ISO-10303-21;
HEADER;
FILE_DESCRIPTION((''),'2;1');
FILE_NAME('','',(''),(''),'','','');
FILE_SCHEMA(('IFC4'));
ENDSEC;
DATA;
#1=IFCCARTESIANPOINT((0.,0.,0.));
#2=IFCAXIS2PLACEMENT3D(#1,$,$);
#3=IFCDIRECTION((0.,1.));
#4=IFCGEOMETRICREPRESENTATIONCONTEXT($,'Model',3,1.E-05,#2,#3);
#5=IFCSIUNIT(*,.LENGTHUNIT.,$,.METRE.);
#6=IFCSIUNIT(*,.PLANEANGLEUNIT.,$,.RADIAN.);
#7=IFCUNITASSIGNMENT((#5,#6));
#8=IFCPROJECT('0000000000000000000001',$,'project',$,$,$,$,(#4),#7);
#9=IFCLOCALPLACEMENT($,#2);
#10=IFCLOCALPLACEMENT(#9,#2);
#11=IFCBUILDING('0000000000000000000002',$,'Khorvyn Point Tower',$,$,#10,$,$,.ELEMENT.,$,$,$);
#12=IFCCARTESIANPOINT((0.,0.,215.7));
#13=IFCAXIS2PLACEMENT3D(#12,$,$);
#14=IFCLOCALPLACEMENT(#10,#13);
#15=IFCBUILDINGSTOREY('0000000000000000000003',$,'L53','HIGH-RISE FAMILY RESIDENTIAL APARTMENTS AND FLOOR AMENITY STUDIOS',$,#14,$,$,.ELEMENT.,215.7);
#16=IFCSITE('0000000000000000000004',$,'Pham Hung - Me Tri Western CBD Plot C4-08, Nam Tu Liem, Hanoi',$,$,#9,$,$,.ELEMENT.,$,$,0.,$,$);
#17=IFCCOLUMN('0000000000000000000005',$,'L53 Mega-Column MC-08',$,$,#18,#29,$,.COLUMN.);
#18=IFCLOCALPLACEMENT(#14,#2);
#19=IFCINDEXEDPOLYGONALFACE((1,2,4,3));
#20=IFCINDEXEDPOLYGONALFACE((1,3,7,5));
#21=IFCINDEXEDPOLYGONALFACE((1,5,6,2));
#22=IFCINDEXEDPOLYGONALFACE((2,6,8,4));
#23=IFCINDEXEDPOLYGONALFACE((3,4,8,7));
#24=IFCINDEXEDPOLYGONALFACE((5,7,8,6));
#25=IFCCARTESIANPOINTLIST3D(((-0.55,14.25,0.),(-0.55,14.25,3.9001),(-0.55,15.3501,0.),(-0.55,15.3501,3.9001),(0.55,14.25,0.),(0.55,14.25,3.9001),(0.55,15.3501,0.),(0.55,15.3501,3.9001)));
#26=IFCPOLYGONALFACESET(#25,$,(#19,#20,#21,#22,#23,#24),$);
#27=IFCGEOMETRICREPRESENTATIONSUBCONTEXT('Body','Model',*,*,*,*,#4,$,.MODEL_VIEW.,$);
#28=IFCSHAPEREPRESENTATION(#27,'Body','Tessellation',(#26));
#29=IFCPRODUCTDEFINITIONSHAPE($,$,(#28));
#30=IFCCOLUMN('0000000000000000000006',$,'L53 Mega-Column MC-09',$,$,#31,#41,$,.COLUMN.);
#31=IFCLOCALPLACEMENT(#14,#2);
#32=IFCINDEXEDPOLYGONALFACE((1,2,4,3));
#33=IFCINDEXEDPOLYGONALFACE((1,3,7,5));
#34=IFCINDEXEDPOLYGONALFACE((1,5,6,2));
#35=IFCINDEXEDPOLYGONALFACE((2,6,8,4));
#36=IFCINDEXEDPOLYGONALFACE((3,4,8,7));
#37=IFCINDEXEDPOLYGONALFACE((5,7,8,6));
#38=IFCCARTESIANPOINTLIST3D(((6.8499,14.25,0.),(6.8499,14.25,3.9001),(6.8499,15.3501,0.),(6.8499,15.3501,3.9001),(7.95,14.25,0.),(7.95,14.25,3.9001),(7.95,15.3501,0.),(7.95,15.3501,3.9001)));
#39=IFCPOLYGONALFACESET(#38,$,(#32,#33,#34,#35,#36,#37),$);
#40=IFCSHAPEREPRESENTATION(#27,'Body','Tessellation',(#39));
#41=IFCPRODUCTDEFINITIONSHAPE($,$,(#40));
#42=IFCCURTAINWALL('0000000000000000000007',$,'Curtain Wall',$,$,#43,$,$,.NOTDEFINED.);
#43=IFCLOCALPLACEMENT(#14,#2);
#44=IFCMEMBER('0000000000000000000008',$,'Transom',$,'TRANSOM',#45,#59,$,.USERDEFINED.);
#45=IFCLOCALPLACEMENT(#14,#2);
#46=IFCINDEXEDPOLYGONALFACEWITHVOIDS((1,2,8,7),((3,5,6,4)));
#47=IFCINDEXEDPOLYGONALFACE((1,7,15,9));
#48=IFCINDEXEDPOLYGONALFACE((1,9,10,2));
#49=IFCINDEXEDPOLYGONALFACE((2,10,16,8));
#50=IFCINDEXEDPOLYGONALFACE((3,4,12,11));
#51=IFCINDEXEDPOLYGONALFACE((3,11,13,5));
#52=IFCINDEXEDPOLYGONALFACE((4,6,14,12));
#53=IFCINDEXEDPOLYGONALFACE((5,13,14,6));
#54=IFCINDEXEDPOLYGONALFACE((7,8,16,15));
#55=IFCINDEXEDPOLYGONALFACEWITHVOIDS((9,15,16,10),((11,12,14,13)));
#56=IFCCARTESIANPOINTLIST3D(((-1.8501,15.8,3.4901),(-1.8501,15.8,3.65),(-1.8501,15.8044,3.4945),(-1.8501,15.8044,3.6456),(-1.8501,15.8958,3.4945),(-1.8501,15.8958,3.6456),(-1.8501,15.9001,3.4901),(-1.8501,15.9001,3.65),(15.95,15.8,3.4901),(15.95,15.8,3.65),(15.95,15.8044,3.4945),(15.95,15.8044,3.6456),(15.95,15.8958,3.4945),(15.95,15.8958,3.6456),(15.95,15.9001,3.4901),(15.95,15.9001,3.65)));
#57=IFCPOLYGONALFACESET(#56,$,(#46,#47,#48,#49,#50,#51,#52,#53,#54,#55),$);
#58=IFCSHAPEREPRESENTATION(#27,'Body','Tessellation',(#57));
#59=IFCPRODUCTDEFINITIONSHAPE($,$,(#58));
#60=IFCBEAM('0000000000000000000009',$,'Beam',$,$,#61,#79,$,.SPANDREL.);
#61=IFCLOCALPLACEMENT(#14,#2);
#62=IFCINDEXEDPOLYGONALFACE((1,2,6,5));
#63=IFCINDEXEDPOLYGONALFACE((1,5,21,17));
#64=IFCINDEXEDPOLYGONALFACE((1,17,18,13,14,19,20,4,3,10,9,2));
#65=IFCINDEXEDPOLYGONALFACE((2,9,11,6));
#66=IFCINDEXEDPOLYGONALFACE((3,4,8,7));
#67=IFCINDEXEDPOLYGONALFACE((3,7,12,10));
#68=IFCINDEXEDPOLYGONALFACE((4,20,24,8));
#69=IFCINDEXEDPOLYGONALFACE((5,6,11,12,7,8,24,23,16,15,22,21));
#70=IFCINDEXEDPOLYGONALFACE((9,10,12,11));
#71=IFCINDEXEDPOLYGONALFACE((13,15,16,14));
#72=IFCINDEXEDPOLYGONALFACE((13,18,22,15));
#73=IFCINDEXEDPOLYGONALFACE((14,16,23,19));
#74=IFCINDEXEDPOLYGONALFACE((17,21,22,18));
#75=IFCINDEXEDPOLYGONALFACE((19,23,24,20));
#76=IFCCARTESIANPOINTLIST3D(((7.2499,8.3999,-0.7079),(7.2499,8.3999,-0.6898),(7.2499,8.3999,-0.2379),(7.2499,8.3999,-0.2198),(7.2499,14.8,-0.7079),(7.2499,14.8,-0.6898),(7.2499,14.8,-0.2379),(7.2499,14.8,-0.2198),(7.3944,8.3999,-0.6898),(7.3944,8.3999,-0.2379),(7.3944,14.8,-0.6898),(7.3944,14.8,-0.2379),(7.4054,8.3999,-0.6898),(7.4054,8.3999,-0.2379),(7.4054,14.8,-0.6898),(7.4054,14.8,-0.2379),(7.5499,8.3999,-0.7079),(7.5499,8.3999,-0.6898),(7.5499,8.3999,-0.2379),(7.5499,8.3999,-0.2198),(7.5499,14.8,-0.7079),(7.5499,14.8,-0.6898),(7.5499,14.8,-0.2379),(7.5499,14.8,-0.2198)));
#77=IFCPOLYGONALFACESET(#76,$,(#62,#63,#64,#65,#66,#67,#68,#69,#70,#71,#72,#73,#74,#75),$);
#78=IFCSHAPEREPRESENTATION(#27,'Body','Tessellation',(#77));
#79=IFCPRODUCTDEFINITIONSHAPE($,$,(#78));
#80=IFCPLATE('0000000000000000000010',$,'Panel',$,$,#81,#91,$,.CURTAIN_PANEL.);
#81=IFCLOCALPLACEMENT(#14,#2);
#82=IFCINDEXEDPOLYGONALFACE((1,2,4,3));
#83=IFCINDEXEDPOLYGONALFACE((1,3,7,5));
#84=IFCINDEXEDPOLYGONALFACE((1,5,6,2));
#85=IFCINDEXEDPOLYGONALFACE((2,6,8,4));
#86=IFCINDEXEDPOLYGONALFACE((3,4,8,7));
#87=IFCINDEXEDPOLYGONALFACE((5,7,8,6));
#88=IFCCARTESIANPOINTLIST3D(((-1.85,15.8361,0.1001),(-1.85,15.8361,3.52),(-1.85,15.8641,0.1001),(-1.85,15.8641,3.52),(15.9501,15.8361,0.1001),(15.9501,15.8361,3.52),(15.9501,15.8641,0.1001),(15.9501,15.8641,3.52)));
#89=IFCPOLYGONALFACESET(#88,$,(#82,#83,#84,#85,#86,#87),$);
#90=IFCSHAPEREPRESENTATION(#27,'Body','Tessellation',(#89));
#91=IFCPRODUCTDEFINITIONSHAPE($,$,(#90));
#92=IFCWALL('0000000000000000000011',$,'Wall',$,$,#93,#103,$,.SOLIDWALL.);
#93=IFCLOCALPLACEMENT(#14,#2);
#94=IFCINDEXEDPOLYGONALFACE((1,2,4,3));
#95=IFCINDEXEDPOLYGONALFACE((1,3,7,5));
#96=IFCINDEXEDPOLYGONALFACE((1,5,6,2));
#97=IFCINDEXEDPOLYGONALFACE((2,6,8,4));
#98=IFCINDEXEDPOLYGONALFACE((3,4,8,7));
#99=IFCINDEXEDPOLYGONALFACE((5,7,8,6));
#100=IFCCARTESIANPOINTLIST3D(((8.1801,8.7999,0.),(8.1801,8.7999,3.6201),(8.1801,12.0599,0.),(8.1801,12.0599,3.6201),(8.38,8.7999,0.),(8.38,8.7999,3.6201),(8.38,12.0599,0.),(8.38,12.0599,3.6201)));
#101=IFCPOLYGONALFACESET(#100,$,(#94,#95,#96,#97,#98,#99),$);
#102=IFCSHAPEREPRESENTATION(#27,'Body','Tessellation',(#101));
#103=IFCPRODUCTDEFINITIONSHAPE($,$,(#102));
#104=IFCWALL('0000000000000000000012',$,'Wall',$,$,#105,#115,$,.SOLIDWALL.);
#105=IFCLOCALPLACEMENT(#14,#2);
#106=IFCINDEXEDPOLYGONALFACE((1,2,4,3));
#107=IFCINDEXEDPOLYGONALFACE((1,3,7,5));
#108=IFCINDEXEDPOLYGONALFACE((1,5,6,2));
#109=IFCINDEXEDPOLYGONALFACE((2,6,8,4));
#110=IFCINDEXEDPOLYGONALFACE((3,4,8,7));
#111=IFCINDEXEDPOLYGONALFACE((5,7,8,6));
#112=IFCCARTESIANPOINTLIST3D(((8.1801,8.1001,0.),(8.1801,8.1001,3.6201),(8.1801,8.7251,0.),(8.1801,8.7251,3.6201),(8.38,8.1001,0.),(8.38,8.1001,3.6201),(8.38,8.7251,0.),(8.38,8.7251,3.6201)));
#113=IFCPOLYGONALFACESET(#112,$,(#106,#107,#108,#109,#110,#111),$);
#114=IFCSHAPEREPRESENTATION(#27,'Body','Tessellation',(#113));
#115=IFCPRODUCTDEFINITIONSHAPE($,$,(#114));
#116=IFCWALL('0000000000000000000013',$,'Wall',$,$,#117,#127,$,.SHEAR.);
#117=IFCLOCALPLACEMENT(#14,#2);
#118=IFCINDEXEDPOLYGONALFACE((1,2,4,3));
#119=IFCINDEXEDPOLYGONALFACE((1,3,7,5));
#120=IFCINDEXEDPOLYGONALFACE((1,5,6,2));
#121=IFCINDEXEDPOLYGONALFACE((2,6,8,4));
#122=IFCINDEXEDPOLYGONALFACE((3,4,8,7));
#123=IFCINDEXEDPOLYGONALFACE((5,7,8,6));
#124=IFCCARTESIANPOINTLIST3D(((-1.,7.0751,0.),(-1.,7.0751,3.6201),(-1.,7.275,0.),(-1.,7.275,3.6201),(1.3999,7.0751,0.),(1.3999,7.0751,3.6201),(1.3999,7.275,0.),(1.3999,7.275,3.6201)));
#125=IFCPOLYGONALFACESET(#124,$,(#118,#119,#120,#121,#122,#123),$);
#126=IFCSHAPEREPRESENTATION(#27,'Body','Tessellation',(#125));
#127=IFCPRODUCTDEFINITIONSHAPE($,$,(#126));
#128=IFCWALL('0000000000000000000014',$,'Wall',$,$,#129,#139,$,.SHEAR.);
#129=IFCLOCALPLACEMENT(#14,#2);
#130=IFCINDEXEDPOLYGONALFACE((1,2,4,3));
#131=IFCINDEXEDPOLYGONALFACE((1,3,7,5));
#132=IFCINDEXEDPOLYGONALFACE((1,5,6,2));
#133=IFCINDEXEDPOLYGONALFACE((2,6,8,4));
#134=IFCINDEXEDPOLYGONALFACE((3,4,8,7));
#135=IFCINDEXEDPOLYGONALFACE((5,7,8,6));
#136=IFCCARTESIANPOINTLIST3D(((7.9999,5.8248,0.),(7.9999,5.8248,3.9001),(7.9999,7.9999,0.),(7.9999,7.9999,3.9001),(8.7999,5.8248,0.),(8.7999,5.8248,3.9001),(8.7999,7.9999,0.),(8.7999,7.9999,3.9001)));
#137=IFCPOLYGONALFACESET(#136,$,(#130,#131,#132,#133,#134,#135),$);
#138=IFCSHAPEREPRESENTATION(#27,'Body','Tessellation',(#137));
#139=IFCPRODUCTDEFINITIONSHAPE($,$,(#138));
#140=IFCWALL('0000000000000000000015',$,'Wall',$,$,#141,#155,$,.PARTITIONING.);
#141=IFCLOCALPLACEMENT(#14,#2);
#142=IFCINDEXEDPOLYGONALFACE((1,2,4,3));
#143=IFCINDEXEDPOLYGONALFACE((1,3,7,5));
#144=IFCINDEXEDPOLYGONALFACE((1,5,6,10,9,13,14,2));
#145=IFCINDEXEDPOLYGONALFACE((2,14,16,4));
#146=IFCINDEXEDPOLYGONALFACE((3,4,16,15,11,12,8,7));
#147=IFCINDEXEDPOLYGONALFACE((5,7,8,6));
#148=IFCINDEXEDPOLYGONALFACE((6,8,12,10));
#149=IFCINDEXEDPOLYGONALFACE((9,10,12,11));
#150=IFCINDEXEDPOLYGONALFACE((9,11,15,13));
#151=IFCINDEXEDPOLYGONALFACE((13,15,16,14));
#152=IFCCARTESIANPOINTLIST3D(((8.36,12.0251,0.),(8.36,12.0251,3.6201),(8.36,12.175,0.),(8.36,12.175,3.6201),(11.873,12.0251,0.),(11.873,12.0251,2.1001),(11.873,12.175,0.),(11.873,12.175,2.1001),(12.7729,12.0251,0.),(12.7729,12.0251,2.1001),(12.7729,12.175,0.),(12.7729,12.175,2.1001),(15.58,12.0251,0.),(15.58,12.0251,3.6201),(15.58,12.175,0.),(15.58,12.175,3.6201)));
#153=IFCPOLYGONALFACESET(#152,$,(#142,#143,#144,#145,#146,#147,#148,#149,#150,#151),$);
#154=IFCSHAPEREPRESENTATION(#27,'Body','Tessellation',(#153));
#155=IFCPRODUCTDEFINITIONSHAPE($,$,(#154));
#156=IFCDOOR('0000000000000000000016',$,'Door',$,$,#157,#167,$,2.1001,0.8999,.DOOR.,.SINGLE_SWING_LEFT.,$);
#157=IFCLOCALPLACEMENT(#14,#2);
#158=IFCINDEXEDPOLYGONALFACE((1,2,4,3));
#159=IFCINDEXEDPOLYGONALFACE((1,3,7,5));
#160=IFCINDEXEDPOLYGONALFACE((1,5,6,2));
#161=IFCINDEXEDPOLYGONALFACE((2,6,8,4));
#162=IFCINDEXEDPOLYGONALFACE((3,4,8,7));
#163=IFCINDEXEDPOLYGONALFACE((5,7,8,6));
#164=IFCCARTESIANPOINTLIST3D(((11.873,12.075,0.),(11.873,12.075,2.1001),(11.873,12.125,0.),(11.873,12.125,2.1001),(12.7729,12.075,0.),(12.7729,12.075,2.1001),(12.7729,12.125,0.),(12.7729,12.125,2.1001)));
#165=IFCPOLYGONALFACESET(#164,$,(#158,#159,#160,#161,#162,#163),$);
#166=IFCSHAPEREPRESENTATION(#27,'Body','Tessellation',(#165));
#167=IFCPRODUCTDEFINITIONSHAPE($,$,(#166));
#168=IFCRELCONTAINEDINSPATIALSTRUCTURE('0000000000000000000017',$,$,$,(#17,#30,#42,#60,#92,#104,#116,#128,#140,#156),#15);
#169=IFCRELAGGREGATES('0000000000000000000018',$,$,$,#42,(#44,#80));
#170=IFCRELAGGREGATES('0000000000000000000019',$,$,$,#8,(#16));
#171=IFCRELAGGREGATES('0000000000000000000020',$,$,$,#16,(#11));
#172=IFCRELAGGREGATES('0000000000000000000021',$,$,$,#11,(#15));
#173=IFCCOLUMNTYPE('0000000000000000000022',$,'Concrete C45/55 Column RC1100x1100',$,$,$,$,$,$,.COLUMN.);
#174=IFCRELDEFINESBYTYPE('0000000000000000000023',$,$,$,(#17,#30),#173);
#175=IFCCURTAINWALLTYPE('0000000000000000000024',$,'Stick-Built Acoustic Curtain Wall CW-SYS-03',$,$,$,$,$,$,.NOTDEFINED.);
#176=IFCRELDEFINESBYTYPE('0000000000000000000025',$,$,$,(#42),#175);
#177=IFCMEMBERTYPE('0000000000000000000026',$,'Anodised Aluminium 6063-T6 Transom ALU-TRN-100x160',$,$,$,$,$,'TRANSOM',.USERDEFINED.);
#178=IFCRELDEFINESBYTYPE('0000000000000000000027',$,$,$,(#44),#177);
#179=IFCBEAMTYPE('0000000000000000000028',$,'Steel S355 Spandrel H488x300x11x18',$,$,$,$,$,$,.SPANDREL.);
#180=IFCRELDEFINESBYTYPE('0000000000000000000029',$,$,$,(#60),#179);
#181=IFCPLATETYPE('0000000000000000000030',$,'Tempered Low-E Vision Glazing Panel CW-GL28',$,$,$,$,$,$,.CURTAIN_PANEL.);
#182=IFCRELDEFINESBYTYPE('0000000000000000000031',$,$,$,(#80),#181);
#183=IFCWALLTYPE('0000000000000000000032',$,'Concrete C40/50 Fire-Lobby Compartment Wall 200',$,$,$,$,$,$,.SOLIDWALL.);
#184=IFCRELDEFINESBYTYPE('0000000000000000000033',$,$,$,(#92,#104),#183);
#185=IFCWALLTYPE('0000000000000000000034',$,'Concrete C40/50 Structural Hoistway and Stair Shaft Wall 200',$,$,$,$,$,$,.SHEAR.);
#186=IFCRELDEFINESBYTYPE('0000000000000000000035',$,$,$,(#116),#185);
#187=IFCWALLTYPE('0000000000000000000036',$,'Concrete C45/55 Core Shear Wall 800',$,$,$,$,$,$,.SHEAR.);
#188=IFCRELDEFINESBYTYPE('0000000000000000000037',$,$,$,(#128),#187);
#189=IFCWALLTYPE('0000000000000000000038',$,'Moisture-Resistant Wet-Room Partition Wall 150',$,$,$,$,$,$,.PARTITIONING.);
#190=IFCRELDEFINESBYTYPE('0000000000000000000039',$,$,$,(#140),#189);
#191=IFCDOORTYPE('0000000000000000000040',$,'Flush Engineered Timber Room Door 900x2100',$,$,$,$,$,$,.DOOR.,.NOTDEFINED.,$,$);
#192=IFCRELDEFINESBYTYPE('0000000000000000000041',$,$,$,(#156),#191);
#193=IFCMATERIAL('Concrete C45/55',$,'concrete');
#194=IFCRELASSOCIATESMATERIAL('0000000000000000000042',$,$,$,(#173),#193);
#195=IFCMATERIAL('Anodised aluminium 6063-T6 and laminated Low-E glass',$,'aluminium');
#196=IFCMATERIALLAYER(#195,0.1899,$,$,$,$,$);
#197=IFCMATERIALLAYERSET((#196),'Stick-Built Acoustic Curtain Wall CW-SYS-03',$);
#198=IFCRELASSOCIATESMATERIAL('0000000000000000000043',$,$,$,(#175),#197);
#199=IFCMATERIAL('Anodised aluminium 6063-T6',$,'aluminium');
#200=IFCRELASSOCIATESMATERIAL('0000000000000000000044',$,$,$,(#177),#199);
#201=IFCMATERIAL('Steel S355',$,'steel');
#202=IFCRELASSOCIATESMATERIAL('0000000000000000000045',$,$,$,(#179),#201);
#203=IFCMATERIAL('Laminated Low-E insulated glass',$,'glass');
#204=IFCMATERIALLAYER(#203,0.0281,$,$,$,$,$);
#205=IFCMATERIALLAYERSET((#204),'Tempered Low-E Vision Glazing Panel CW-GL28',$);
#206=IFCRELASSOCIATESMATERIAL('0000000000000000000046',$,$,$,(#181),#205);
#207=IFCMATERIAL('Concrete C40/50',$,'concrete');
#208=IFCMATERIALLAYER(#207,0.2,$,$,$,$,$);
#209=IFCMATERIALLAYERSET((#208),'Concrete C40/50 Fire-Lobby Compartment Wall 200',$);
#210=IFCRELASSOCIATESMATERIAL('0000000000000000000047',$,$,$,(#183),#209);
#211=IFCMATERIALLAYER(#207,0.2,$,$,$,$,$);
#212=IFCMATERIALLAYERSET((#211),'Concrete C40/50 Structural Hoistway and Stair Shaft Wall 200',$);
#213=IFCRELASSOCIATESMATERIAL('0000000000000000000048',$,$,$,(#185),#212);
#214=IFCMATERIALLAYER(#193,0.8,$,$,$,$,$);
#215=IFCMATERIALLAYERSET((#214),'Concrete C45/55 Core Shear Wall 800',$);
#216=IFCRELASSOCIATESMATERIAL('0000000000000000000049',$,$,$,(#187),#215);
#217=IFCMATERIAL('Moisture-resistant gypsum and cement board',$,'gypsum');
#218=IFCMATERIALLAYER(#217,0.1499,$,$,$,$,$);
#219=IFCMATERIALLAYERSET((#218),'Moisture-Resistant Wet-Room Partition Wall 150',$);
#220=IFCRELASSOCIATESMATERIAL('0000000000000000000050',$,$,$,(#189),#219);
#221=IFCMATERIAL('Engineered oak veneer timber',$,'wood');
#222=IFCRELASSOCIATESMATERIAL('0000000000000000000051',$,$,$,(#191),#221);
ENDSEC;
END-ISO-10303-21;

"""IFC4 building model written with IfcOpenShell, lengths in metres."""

from ifc_helpers import new_model, si_unit, direction, frame, frame_2d, origin, origin_2d, place, context, subcontext, project, spatial, rectangle, hollow_rectangle, i_section, extrude, material, layer, layer_set, material_profile, profile_set, type_object, element, fill, aggregate, save


model = new_model("IFC4")

# Units and contexts
model_context = context("Model", 3, precision=1e-05, world=origin(), true_north=direction((0.0, 1.0)))
body_context = subcontext(model_context, "Body", "Model", "MODEL_VIEW")
ifc_project = project(units=[si_unit("LENGTHUNIT", "METRE"), si_unit("PLANEANGLEUNIT", "RADIAN")], contexts=[model_context])

# Site, building, storey
site_placement = place(None, origin())
site = spatial("IfcSite", under=ifc_project, at=site_placement, Name="Pham Hung - Me Tri Western CBD Plot C4-08, Nam Tu Liem, Hanoi", CompositionType="ELEMENT", RefElevation=0.0)
building_placement = place(site_placement, origin())
building = spatial("IfcBuilding", under=site, at=building_placement, Name="Khorvyn Point Tower", CompositionType="ELEMENT")
storey_placement = place(building_placement, frame((0.0, 0.0, 215.7)))
storey = spatial("IfcBuildingStorey", under=building, at=storey_placement, Name="L53", Description="HIGH-RISE FAMILY RESIDENTIAL APARTMENTS AND FLOOR AMENITY STUDIOS", CompositionType="ELEMENT", Elevation=215.7)

# Columns
ifc_material_1 = material(Name="Concrete C45/55", Category="concrete")
ifc_material_profile_1 = material_profile(ifc_material_1, rectangle(XDim=1.1001, YDim=1.1001, at=origin_2d()))
ifc_profile_set_1 = profile_set([ifc_material_profile_1], Name="Concrete C45/55 RC1100x1100")
column_type = type_object("IfcColumnType", Name="Concrete C45/55 Column RC1100x1100", PredefinedType="COLUMN", material=ifc_profile_set_1)
for number, where, z_axis, x_axis, name in (
    (1, (0.0, 14.8, 0.0), (0.0, 0.0, 1.0), (1.0, 0.0, 0.0), "L53 Mega-Column MC-08"),
    (2, (7.3999, 14.8, 0.0), (0.0, 0.0, 1.0), (1.0, 0.0, 0.0), "L53 Mega-Column MC-09"),
):
    element("IfcColumn", number, at=place(storey_placement, frame(where, z_axis=z_axis, x_axis=x_axis)), inside=storey, type_object=column_type, Name=name, PredefinedType="COLUMN", context=body_context, shape_type="SweptSolid", body=[
        extrude(rectangle(XDim=1.1001, YDim=1.1001, at=origin_2d()), origin(), (0.0, 0.0, 1.0), 3.9001),
    ])

# Curtain wall, member
ifc_material_2 = material(Name="Anodised aluminium 6063-T6 and laminated Low-E glass", Category="aluminium")
ifc_layer_1 = layer(ifc_material_2, 0.1899)
ifc_layer_set_1 = layer_set([ifc_layer_1], Name="Stick-Built Acoustic Curtain Wall CW-SYS-03")
curtain_wall_type = type_object("IfcCurtainWallType", Name="Stick-Built Acoustic Curtain Wall CW-SYS-03", PredefinedType="NOTDEFINED", material=ifc_layer_set_1)
curtain_wall_placement = place(storey_placement, origin())
curtain_wall = element("IfcCurtainWall", 3, at=curtain_wall_placement, inside=storey, type_object=curtain_wall_type, Name="Curtain Wall", PredefinedType="NOTDEFINED")
ifc_material_3 = material(Name="Anodised aluminium 6063-T6", Category="aluminium")
ifc_material_profile_2 = material_profile(ifc_material_3, hollow_rectangle(XDim=0.1001, YDim=0.1599, WallThickness=0.0044, at=origin_2d()))
ifc_profile_set_2 = profile_set([ifc_material_profile_2], Name="Anodised aluminium 6063-T6 ALU-TRN-100x160")
member_type = type_object("IfcMemberType", Name="Anodised Aluminium 6063-T6 Transom ALU-TRN-100x160", ElementType="TRANSOM", PredefinedType="USERDEFINED", material=ifc_profile_set_2)
member_placement = place(storey_placement, frame((-1.8501, 15.8501, 3.5701), z_axis=(1.0, 0.0, 0.0), x_axis=(0.0, 1.0, 0.0)))
member = element("IfcMember", 4, at=member_placement, type_object=member_type, Name="Transom", ObjectType="TRANSOM", PredefinedType="USERDEFINED", context=body_context, shape_type="SweptSolid", body=[
    extrude(hollow_rectangle(XDim=0.1001, YDim=0.1599, WallThickness=0.0044, at=origin_2d()), origin(), (0.0, 0.0, 1.0), 17.8),
])

# Beam
ifc_material_4 = material(Name="Steel S355", Category="steel")
ifc_material_profile_3 = material_profile(ifc_material_4, i_section(OverallWidth=0.3, OverallDepth=0.488, WebThickness=0.011, FlangeThickness=0.0181, at=origin_2d()))
ifc_profile_set_3 = profile_set([ifc_material_profile_3], Name="Steel S355 H488x300x11x18")
beam_type = type_object("IfcBeamType", Name="Steel S355 Spandrel H488x300x11x18", PredefinedType="SPANDREL", material=ifc_profile_set_3)
beam_placement = place(storey_placement, frame((7.3999, 8.3999, -0.4639), z_axis=(0.0, 1.0, 0.0), x_axis=(-1.0, 0.0, 0.0)))
element("IfcBeam", 5, at=beam_placement, inside=storey, type_object=beam_type, Name="Beam", PredefinedType="SPANDREL", context=body_context, shape_type="SweptSolid", body=[
    extrude(i_section(OverallWidth=0.3, OverallDepth=0.488, WebThickness=0.011, FlangeThickness=0.0181, at=origin_2d()), origin(), (0.0, 0.0, 1.0), 6.4001),
])

# Plate
ifc_material_5 = material(Name="Laminated Low-E insulated glass", Category="glass")
ifc_layer_2 = layer(ifc_material_5, 0.0281)
ifc_layer_set_2 = layer_set([ifc_layer_2], Name="Tempered Low-E Vision Glazing Panel CW-GL28")
plate_type = type_object("IfcPlateType", Name="Tempered Low-E Vision Glazing Panel CW-GL28", PredefinedType="CURTAIN_PANEL", material=ifc_layer_set_2)
plate_placement = place(storey_placement, frame((7.05, 15.8501, 0.1001), z_axis=(0.0, 0.0, 1.0), x_axis=(1.0, 0.0, 0.0)))
plate = element("IfcPlate", 6, at=plate_placement, type_object=plate_type, Name="Panel", PredefinedType="CURTAIN_PANEL", context=body_context, shape_type="SweptSolid", body=[
    extrude(rectangle(XDim=17.8, YDim=0.0281, at=origin_2d()), origin(), (0.0, 0.0, 1.0), 3.4199),
])
aggregate(curtain_wall, [member, plate])

# Shared definitions
ifc_material_6 = material(Name="Concrete C40/50", Category="concrete")
ifc_layer_3 = layer(ifc_material_6, 0.2)
ifc_layer_set_3 = layer_set([ifc_layer_3], Name="Concrete C40/50 Fire-Lobby Compartment Wall 200")
wall_type_1 = type_object("IfcWallType", Name="Concrete C40/50 Fire-Lobby Compartment Wall 200", PredefinedType="SOLIDWALL", material=ifc_layer_set_3)

# Walls
wall_1_placement = place(storey_placement, frame((8.28, 8.8, 0.0), z_axis=(0.0, 0.0, 1.0), x_axis=(0.0, 1.0, 0.0)))
element("IfcWall", 7, at=wall_1_placement, inside=storey, type_object=wall_type_1, Name="Wall", PredefinedType="SOLIDWALL", context=body_context, shape_type="SweptSolid", body=[
    extrude(rectangle(XDim=3.26, YDim=0.2, at=frame_2d((1.6299, 0.0))), origin(), (0.0, 0.0, 1.0), 3.6201),
])
wall_2_placement = place(storey_placement, frame((8.28, 8.1001, 0.0), z_axis=(0.0, 0.0, 1.0), x_axis=(0.0, 1.0, 0.0)))
element("IfcWall", 8, at=wall_2_placement, inside=storey, type_object=wall_type_1, Name="Wall", PredefinedType="SOLIDWALL", context=body_context, shape_type="SweptSolid", body=[
    extrude(rectangle(XDim=0.625, YDim=0.2, at=frame_2d((0.3125, 0.0))), origin(), (0.0, 0.0, 1.0), 3.6201),
])

# Walls
ifc_layer_4 = layer(ifc_material_6, 0.2)
ifc_layer_set_4 = layer_set([ifc_layer_4], Name="Concrete C40/50 Structural Hoistway and Stair Shaft Wall 200")
wall_type_2 = type_object("IfcWallType", Name="Concrete C40/50 Structural Hoistway and Stair Shaft Wall 200", PredefinedType="SHEAR", material=ifc_layer_set_4)
wall_3_placement = place(storey_placement, frame((-1.0, 7.175, 0.0), z_axis=(0.0, 0.0, 1.0), x_axis=(1.0, 0.0, 0.0)))
element("IfcWall", 9, at=wall_3_placement, inside=storey, type_object=wall_type_2, Name="Wall", PredefinedType="SHEAR", context=body_context, shape_type="SweptSolid", body=[
    extrude(rectangle(XDim=2.3999, YDim=0.2, at=frame_2d((1.2, 0.0))), origin(), (0.0, 0.0, 1.0), 3.6201),
])
ifc_layer_5 = layer(ifc_material_1, 0.8)
ifc_layer_set_5 = layer_set([ifc_layer_5], Name="Concrete C45/55 Core Shear Wall 800")
wall_type_3 = type_object("IfcWallType", Name="Concrete C45/55 Core Shear Wall 800", PredefinedType="SHEAR", material=ifc_layer_set_5)
wall_4_placement = place(storey_placement, frame((8.3999, 5.825, 0.0), z_axis=(0.0, 0.0, 1.0), x_axis=(0.0, 1.0, 0.0)))
element("IfcWall", 10, at=wall_4_placement, inside=storey, type_object=wall_type_3, Name="Wall", PredefinedType="SHEAR", context=body_context, shape_type="SweptSolid", body=[
    extrude(rectangle(XDim=2.175, YDim=0.8, at=frame_2d((1.0874, 0.0))), origin(), (0.0, 0.0, 1.0), 3.9001),
])

# Wall, opening, door
ifc_material_7 = material(Name="Moisture-resistant gypsum and cement board", Category="gypsum")
ifc_layer_6 = layer(ifc_material_7, 0.1499)
ifc_layer_set_6 = layer_set([ifc_layer_6], Name="Moisture-Resistant Wet-Room Partition Wall 150")
wall_type_4 = type_object("IfcWallType", Name="Moisture-Resistant Wet-Room Partition Wall 150", PredefinedType="PARTITIONING", material=ifc_layer_set_6)
wall_5_placement = place(storey_placement, frame((8.3601, 12.1001, 0.0), z_axis=(0.0, 0.0, 1.0), x_axis=(1.0, 0.0, 0.0)))
wall_5 = element("IfcWall", 11, at=wall_5_placement, inside=storey, type_object=wall_type_4, Name="Wall", PredefinedType="PARTITIONING", context=body_context, shape_type="SweptSolid", body=[
    extrude(rectangle(XDim=7.22, YDim=0.1499, at=frame_2d((3.6099, 0.0))), origin(), (0.0, 0.0, 1.0), 3.6201),
])
opening_1_placement = place(wall_5_placement, frame((3.5129, 0.0, 0.0)))
opening_1 = element("IfcOpeningElement", 12, at=opening_1_placement, cuts=wall_5, PredefinedType="OPENING", context=body_context, shape_type="SweptSolid", body=[
    extrude(rectangle(XDim=0.8999, YDim=2.1001, at=frame_2d((0.45, 1.05))), frame((0.0, 0.085, 0.0), z_axis=(0.0, -1.0, 0.0), x_axis=(1.0, 0.0, 0.0)), (0.0, 0.0, 1.0), 0.1699),
])
ifc_material_8 = material(Name="Engineered oak veneer timber", Category="wood")
door_type_1 = type_object("IfcDoorType", Name="Flush Engineered Timber Room Door 900x2100", OperationType="NOTDEFINED", PredefinedType="DOOR", material=ifc_material_8)
door_1_placement = place(opening_1_placement, origin())
door_1 = element("IfcDoor", 13, at=door_1_placement, inside=storey, type_object=door_type_1, Name="Door", OperationType="SINGLE_SWING_LEFT", OverallHeight=2.1001, OverallWidth=0.8999, PredefinedType="DOOR", context=body_context, shape_type="SweptSolid", body=[
    extrude(rectangle(XDim=0.8999, YDim=2.1001, at=frame_2d((0.45, 1.05))), frame((0.0, 0.0249, 0.0), z_axis=(0.0, -1.0, 0.0), x_axis=(1.0, 0.0, 0.0)), (0.0, 0.0, 1.0), 0.05),
])
fill(opening_1, door_1)

save(model, "model.ifc")
